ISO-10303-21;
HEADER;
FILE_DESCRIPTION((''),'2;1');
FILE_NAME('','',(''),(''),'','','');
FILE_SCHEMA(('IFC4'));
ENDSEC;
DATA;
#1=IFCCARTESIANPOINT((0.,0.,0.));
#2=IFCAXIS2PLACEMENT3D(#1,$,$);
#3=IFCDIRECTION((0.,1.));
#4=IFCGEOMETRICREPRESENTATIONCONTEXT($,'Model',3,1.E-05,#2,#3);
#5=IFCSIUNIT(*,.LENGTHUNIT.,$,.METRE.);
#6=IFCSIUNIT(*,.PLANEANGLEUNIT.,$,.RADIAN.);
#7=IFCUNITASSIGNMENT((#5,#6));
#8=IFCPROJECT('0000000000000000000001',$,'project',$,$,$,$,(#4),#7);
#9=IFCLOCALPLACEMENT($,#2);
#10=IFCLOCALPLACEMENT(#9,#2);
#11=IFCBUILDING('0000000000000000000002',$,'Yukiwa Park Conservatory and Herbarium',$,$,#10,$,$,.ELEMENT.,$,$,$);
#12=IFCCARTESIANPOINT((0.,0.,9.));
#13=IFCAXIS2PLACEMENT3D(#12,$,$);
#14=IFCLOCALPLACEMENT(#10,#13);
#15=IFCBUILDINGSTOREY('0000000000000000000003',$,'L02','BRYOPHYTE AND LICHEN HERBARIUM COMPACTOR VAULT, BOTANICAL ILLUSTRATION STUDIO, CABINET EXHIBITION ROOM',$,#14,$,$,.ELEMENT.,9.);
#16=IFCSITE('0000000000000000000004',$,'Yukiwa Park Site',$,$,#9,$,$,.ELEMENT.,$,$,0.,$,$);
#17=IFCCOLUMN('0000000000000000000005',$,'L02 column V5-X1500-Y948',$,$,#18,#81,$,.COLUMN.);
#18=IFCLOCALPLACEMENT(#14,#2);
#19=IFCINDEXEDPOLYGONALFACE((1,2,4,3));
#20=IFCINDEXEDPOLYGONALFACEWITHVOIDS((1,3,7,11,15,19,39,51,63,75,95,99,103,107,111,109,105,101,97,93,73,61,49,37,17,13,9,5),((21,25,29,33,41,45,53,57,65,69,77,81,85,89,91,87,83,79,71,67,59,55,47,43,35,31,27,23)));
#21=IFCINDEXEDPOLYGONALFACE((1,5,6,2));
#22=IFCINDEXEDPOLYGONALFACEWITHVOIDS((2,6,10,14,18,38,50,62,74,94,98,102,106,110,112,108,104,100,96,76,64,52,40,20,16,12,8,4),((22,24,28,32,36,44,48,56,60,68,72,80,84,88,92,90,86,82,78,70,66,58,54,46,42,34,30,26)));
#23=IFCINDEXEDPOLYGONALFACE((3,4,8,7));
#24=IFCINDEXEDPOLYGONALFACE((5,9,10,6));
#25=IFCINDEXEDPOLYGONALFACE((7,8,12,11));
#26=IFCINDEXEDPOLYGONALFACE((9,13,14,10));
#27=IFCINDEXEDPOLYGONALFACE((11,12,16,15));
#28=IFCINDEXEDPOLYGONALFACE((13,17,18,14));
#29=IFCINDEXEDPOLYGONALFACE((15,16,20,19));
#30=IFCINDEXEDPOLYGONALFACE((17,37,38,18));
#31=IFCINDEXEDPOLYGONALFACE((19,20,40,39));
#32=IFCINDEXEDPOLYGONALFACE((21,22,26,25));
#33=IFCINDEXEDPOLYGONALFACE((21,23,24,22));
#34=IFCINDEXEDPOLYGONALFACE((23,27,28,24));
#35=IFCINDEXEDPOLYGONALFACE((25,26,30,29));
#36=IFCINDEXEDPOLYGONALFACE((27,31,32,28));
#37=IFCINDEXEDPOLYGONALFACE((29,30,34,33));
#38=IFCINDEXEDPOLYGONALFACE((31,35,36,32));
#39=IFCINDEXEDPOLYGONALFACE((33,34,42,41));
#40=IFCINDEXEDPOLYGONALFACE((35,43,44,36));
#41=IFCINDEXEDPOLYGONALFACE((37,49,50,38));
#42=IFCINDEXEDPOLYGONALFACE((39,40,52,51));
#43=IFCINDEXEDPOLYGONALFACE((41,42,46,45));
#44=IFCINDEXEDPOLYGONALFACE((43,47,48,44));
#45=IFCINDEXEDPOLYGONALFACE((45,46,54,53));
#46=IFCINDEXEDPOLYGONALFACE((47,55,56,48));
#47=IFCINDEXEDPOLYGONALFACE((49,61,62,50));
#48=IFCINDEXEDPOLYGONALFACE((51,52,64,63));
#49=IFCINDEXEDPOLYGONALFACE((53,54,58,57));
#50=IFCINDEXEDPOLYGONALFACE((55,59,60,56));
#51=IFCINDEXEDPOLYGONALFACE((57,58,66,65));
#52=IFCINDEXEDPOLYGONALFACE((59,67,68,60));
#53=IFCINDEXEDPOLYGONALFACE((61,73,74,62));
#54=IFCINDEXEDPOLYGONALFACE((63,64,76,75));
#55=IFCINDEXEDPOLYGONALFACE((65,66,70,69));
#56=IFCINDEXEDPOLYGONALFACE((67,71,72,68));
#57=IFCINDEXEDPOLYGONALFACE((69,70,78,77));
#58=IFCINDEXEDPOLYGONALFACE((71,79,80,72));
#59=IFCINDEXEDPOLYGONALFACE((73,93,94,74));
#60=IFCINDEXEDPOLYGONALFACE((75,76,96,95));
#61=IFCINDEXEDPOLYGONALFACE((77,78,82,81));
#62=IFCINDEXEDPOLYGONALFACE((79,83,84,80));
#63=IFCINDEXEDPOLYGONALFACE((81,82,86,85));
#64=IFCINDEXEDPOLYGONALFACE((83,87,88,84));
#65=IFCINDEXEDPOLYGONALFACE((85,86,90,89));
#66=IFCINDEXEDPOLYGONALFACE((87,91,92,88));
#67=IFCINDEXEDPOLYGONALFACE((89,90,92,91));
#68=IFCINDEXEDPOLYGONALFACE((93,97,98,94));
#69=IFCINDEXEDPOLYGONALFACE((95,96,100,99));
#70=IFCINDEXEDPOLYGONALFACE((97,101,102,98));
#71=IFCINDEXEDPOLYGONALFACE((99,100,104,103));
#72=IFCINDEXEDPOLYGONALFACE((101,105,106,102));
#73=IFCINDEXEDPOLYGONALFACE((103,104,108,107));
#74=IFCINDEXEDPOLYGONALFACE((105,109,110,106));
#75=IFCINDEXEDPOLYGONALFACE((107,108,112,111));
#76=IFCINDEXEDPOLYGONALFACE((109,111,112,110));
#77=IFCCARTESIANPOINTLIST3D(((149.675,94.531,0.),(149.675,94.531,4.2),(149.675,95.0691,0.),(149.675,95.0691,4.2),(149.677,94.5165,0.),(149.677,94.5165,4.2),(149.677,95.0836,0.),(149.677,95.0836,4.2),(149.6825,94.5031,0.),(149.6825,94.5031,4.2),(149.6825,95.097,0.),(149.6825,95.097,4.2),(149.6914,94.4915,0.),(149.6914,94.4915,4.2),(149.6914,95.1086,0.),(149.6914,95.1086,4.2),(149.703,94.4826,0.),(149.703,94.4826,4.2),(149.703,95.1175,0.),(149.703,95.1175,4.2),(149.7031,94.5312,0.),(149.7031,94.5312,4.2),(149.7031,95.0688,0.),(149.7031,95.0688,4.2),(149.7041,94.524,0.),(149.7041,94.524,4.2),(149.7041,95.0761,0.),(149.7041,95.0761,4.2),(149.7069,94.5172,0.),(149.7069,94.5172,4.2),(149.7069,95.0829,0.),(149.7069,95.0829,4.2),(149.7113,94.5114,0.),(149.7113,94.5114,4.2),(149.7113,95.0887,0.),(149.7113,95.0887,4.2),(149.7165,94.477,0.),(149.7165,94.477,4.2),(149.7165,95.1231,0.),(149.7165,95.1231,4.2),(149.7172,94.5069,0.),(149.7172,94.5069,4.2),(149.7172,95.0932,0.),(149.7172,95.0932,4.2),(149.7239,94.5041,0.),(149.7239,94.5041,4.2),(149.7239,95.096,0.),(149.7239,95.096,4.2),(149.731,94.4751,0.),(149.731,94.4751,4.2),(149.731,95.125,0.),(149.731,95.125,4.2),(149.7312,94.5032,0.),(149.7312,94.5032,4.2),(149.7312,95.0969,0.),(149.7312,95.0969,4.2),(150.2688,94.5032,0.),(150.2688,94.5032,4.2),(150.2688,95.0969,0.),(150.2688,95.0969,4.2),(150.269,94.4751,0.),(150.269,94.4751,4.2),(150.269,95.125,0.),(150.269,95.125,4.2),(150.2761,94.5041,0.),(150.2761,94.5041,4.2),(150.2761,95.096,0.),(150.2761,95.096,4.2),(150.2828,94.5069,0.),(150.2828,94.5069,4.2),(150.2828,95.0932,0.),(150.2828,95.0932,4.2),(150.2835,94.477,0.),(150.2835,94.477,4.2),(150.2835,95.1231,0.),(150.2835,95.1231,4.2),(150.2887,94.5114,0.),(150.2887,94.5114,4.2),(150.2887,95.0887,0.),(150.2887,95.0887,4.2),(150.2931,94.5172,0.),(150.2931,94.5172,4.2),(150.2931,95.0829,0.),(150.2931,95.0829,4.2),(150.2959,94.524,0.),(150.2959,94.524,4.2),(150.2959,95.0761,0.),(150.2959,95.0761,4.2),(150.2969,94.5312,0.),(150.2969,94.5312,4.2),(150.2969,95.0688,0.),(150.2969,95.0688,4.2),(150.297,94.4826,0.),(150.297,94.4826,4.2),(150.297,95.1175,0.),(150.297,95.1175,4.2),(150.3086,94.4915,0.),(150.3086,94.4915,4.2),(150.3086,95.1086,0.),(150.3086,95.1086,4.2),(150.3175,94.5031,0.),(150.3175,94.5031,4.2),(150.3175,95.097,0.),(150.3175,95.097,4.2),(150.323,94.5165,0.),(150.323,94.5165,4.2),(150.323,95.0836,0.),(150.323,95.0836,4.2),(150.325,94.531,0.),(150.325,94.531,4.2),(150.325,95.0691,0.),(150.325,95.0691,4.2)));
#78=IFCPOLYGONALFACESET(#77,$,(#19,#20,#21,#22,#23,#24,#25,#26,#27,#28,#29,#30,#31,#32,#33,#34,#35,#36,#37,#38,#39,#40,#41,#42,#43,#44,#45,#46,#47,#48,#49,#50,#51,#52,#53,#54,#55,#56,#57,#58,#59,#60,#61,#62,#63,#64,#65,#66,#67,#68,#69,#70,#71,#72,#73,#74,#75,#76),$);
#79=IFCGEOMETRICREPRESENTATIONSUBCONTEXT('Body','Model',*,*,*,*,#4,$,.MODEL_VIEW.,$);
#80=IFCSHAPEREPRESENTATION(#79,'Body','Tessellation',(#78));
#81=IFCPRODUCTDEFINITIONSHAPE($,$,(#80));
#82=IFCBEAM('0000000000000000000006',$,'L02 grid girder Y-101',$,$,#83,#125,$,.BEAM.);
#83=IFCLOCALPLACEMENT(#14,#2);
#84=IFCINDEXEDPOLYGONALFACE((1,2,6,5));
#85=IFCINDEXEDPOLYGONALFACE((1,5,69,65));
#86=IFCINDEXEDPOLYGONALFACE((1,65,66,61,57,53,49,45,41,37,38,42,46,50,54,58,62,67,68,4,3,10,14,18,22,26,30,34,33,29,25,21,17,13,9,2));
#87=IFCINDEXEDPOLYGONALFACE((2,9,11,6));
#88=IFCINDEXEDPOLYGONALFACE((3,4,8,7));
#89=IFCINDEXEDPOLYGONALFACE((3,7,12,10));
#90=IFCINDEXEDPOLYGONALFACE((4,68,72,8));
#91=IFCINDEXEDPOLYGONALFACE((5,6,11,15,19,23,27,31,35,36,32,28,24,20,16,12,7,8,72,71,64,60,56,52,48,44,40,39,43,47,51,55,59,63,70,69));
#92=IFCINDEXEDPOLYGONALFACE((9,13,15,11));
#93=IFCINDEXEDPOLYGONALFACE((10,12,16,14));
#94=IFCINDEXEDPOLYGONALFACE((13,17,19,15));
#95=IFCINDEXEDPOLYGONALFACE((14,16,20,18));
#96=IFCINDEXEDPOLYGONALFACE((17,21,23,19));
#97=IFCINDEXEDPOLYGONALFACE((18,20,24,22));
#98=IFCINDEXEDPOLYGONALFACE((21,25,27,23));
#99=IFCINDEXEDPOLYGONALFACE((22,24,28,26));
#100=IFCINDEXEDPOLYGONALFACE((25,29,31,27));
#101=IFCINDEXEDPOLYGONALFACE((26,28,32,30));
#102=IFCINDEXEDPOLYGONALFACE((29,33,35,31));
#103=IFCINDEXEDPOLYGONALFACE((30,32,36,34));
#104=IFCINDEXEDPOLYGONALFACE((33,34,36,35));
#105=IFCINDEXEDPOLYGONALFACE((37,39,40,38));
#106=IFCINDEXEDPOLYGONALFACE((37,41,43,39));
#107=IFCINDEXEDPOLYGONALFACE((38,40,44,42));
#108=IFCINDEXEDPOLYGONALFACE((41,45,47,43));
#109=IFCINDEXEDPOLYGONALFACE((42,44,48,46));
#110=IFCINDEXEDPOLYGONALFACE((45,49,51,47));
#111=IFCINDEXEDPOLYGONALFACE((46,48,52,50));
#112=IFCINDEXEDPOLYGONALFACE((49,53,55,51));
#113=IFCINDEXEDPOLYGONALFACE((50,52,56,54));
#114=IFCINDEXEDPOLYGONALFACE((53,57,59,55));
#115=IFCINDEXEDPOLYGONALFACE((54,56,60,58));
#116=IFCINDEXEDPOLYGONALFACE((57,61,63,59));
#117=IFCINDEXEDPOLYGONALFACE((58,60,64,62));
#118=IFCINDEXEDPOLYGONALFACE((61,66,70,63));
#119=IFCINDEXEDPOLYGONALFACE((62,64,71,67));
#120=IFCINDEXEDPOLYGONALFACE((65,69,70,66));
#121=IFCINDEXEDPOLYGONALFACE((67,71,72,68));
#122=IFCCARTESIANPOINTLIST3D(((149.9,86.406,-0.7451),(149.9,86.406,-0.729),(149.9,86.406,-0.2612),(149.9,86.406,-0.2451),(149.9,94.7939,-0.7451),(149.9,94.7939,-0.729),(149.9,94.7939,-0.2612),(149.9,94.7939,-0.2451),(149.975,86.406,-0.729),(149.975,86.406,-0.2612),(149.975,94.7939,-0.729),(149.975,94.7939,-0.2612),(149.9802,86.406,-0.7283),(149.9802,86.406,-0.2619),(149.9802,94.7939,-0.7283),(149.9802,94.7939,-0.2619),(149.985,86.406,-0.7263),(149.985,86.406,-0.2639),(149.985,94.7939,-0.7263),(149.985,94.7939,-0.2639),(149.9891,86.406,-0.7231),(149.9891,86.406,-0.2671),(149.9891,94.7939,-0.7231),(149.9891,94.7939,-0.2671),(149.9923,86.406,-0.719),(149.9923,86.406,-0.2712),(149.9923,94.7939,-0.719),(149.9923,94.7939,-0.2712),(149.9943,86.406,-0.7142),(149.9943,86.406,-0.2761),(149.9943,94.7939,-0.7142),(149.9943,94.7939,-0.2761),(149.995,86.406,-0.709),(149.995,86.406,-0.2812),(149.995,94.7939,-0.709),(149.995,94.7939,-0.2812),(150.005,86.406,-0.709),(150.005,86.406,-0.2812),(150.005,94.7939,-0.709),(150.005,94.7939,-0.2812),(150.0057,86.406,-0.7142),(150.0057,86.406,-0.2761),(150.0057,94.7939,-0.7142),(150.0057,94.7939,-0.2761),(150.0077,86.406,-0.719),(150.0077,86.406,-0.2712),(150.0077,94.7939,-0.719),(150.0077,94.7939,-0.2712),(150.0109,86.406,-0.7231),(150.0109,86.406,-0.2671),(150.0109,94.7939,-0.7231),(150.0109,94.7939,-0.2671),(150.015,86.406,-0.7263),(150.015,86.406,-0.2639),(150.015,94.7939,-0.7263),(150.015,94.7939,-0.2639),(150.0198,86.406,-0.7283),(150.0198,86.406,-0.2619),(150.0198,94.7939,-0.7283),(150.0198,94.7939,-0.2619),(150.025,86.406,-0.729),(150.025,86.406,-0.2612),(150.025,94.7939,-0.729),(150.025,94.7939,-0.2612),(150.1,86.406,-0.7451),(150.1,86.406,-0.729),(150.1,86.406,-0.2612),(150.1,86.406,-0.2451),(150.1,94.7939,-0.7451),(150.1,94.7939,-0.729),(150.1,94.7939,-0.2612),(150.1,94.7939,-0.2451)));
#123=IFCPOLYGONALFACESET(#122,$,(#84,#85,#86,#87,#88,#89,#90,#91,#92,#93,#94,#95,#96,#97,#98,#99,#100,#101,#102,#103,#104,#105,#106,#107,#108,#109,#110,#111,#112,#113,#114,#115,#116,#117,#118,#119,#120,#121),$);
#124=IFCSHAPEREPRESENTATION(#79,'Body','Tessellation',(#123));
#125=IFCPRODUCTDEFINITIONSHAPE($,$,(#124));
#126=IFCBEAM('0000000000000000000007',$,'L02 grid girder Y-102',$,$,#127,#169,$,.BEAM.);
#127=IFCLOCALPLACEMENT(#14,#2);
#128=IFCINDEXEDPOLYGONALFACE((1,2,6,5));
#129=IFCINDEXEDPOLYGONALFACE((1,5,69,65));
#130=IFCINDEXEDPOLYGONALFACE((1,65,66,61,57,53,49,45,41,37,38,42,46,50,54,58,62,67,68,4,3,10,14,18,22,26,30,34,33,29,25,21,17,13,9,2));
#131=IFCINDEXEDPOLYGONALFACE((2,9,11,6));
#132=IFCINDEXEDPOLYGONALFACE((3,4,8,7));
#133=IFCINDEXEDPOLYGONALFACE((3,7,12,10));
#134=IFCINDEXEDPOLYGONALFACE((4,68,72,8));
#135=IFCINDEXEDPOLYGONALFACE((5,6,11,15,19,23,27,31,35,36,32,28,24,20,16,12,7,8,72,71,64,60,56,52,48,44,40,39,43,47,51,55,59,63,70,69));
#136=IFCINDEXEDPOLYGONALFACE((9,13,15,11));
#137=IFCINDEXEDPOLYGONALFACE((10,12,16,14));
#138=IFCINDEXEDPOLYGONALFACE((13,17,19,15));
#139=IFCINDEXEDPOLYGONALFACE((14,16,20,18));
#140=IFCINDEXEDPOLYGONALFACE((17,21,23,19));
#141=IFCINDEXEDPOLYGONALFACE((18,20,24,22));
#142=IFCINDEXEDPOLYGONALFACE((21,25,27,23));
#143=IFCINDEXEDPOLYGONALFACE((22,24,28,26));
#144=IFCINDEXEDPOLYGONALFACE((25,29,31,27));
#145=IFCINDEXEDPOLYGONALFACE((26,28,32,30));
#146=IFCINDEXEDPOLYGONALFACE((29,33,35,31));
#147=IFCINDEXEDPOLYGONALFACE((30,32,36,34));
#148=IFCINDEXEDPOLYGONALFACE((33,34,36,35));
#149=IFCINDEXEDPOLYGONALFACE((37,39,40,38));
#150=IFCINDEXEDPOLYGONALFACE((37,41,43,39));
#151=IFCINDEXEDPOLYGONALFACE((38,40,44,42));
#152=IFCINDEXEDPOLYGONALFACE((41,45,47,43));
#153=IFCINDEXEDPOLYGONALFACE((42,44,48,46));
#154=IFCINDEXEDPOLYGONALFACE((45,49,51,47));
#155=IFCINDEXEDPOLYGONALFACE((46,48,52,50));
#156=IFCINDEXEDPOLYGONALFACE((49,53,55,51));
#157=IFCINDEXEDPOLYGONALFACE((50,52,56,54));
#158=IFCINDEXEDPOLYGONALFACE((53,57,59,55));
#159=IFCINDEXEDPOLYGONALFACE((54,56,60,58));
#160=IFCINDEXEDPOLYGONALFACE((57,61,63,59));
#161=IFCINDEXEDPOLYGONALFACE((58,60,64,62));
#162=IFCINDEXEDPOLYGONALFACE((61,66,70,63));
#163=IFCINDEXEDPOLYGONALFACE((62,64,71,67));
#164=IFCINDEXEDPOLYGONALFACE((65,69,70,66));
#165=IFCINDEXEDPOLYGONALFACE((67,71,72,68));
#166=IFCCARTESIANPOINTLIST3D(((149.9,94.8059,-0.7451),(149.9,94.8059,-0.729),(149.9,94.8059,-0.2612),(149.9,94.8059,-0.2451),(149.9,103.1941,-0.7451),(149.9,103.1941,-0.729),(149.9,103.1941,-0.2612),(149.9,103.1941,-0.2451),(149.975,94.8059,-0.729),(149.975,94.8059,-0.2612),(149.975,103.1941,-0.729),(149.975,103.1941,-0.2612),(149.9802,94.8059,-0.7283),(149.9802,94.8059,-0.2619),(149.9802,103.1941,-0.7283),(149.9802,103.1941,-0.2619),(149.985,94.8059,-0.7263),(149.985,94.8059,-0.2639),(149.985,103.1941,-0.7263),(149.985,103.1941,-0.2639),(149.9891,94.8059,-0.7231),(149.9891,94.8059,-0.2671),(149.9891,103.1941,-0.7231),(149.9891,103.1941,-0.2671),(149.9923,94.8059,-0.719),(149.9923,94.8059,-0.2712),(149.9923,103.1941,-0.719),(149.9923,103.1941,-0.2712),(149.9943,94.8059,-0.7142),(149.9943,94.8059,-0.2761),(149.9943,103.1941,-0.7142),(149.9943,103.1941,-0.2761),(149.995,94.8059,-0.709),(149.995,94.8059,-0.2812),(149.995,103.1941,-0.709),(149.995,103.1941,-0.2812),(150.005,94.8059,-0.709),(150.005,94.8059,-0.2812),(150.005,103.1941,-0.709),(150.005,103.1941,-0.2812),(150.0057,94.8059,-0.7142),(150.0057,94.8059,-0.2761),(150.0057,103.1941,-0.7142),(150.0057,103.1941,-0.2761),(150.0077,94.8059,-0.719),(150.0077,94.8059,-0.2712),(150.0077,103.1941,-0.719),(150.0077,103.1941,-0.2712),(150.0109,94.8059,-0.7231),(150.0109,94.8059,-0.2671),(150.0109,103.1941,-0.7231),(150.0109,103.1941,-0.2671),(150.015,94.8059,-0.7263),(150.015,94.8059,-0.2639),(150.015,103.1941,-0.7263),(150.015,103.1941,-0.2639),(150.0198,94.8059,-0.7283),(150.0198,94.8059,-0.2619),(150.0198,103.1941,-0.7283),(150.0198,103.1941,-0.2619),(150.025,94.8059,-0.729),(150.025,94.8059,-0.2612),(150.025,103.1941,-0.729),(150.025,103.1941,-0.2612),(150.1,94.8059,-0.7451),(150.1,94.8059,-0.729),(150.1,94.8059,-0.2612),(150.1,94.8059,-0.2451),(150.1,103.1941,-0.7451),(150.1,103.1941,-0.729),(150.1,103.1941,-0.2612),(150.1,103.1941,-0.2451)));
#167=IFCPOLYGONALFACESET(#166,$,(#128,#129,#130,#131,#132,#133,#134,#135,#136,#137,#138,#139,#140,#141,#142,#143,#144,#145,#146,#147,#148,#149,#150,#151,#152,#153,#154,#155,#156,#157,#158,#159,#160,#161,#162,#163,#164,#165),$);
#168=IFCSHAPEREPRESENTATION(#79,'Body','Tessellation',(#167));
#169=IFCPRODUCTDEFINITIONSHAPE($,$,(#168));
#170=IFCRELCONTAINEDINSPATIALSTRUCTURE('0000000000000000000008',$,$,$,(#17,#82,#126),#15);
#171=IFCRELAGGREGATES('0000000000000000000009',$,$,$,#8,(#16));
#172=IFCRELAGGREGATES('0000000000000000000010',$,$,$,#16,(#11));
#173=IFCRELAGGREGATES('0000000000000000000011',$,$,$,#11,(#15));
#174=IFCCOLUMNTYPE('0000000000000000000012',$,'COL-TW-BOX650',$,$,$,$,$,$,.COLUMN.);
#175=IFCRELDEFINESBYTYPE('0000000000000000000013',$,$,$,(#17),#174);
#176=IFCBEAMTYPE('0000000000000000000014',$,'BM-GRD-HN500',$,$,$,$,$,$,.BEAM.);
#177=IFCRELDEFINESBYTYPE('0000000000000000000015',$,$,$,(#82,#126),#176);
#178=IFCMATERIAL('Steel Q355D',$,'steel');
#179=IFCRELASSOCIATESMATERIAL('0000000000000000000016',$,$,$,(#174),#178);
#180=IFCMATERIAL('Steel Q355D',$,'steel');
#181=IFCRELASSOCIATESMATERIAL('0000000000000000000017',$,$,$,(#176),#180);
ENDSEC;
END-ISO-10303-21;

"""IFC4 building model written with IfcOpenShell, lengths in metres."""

from ifc_helpers import new_model, si_unit, direction, frame, origin, origin_2d, place, context, subcontext, project, spatial, hollow_rectangle, i_section, extrude, material, material_profile, profile_set, type_object, element, save


model = new_model("IFC4")

# Units and contexts
model_context = context("Model", 3, precision=1e-05, world=origin(), true_north=direction((0.0, 1.0)))
body_context = subcontext(model_context, "Body", "Model", "MODEL_VIEW")
ifc_project = project(units=[si_unit("LENGTHUNIT", "METRE"), si_unit("PLANEANGLEUNIT", "RADIAN")], contexts=[model_context])

# Site, building, storey
site_placement = place(None, origin())
site = spatial("IfcSite", under=ifc_project, at=site_placement, Name="Yukiwa Park Site", CompositionType="ELEMENT", RefElevation=0.0)
building_placement = place(site_placement, origin())
building = spatial("IfcBuilding", under=site, at=building_placement, Name="Yukiwa Park Conservatory and Herbarium", CompositionType="ELEMENT")
storey_placement = place(building_placement, frame((0.0, 0.0, 9.0)))
storey = spatial("IfcBuildingStorey", under=building, at=storey_placement, Name="L02", Description="BRYOPHYTE AND LICHEN HERBARIUM COMPACTOR VAULT, BOTANICAL ILLUSTRATION STUDIO, CABINET EXHIBITION ROOM", CompositionType="ELEMENT", Elevation=9.0)

# Column
ifc_material_1 = material(Name="Steel Q355D", Category="steel")
ifc_material_profile_1 = material_profile(ifc_material_1, hollow_rectangle(XDim=0.6499, YDim=0.6499, WallThickness=0.0281, InnerFilletRadius=0.0281, OuterFilletRadius=0.0559, at=origin_2d()), Name="BOX 650x650x28")
ifc_profile_set_1 = profile_set([ifc_material_profile_1], Name="Steel Q355D")
column_type = type_object("IfcColumnType", Name="COL-TW-BOX650", PredefinedType="COLUMN", material=ifc_profile_set_1)
column_placement = place(storey_placement, frame((150.0, 94.8, 0.0), z_axis=(0.0, 0.0, 1.0), x_axis=(1.0, 0.0, 0.0)))
element("IfcColumn", 1, at=column_placement, inside=storey, type_object=column_type, Name="L02 column V5-X1500-Y948", PredefinedType="COLUMN", context=body_context, shape_type="SweptSolid", body=[
    extrude(hollow_rectangle(XDim=0.6499, YDim=0.6499, WallThickness=0.0281, InnerFilletRadius=0.0281, OuterFilletRadius=0.0559, at=origin_2d()), origin(), (0.0, 0.0, 1.0), 4.2),
])

# Beams
ifc_material_2 = material(Name="Steel Q355D", Category="steel")
ifc_material_profile_2 = material_profile(ifc_material_2, i_section(OverallWidth=0.2, OverallDepth=0.5, WebThickness=0.01, FlangeThickness=0.0161, FilletRadius=0.02, at=origin_2d()), Name="HN 500x200x10x16")
ifc_profile_set_2 = profile_set([ifc_material_profile_2], Name="Steel Q355D")
beam_type_1 = type_object("IfcBeamType", Name="BM-GRD-HN500", PredefinedType="BEAM", material=ifc_profile_set_2)
beam_1_placement = place(storey_placement, frame((150.0, 86.406, -0.4951), z_axis=(0.0, 1.0, 0.0), x_axis=(-1.0, 0.0, 0.0)))
element("IfcBeam", 2, at=beam_1_placement, inside=storey, type_object=beam_type_1, Name="L02 grid girder Y-101", PredefinedType="BEAM", context=body_context, shape_type="SweptSolid", body=[
    extrude(i_section(OverallWidth=0.2, OverallDepth=0.5, WebThickness=0.01, FlangeThickness=0.0161, FilletRadius=0.02, at=origin_2d()), origin(), (0.0, 0.0, 1.0), 8.3879),
])
beam_2_placement = place(storey_placement, frame((150.0, 94.8059, -0.4951), z_axis=(0.0, 1.0, 0.0), x_axis=(-1.0, 0.0, 0.0)))
element("IfcBeam", 3, at=beam_2_placement, inside=storey, type_object=beam_type_1, Name="L02 grid girder Y-102", PredefinedType="BEAM", context=body_context, shape_type="SweptSolid", body=[
    extrude(i_section(OverallWidth=0.2, OverallDepth=0.5, WebThickness=0.01, FlangeThickness=0.0161, FilletRadius=0.02, at=origin_2d()), origin(), (0.0, 0.0, 1.0), 8.3882),
])

save(model, "model.ifc")
